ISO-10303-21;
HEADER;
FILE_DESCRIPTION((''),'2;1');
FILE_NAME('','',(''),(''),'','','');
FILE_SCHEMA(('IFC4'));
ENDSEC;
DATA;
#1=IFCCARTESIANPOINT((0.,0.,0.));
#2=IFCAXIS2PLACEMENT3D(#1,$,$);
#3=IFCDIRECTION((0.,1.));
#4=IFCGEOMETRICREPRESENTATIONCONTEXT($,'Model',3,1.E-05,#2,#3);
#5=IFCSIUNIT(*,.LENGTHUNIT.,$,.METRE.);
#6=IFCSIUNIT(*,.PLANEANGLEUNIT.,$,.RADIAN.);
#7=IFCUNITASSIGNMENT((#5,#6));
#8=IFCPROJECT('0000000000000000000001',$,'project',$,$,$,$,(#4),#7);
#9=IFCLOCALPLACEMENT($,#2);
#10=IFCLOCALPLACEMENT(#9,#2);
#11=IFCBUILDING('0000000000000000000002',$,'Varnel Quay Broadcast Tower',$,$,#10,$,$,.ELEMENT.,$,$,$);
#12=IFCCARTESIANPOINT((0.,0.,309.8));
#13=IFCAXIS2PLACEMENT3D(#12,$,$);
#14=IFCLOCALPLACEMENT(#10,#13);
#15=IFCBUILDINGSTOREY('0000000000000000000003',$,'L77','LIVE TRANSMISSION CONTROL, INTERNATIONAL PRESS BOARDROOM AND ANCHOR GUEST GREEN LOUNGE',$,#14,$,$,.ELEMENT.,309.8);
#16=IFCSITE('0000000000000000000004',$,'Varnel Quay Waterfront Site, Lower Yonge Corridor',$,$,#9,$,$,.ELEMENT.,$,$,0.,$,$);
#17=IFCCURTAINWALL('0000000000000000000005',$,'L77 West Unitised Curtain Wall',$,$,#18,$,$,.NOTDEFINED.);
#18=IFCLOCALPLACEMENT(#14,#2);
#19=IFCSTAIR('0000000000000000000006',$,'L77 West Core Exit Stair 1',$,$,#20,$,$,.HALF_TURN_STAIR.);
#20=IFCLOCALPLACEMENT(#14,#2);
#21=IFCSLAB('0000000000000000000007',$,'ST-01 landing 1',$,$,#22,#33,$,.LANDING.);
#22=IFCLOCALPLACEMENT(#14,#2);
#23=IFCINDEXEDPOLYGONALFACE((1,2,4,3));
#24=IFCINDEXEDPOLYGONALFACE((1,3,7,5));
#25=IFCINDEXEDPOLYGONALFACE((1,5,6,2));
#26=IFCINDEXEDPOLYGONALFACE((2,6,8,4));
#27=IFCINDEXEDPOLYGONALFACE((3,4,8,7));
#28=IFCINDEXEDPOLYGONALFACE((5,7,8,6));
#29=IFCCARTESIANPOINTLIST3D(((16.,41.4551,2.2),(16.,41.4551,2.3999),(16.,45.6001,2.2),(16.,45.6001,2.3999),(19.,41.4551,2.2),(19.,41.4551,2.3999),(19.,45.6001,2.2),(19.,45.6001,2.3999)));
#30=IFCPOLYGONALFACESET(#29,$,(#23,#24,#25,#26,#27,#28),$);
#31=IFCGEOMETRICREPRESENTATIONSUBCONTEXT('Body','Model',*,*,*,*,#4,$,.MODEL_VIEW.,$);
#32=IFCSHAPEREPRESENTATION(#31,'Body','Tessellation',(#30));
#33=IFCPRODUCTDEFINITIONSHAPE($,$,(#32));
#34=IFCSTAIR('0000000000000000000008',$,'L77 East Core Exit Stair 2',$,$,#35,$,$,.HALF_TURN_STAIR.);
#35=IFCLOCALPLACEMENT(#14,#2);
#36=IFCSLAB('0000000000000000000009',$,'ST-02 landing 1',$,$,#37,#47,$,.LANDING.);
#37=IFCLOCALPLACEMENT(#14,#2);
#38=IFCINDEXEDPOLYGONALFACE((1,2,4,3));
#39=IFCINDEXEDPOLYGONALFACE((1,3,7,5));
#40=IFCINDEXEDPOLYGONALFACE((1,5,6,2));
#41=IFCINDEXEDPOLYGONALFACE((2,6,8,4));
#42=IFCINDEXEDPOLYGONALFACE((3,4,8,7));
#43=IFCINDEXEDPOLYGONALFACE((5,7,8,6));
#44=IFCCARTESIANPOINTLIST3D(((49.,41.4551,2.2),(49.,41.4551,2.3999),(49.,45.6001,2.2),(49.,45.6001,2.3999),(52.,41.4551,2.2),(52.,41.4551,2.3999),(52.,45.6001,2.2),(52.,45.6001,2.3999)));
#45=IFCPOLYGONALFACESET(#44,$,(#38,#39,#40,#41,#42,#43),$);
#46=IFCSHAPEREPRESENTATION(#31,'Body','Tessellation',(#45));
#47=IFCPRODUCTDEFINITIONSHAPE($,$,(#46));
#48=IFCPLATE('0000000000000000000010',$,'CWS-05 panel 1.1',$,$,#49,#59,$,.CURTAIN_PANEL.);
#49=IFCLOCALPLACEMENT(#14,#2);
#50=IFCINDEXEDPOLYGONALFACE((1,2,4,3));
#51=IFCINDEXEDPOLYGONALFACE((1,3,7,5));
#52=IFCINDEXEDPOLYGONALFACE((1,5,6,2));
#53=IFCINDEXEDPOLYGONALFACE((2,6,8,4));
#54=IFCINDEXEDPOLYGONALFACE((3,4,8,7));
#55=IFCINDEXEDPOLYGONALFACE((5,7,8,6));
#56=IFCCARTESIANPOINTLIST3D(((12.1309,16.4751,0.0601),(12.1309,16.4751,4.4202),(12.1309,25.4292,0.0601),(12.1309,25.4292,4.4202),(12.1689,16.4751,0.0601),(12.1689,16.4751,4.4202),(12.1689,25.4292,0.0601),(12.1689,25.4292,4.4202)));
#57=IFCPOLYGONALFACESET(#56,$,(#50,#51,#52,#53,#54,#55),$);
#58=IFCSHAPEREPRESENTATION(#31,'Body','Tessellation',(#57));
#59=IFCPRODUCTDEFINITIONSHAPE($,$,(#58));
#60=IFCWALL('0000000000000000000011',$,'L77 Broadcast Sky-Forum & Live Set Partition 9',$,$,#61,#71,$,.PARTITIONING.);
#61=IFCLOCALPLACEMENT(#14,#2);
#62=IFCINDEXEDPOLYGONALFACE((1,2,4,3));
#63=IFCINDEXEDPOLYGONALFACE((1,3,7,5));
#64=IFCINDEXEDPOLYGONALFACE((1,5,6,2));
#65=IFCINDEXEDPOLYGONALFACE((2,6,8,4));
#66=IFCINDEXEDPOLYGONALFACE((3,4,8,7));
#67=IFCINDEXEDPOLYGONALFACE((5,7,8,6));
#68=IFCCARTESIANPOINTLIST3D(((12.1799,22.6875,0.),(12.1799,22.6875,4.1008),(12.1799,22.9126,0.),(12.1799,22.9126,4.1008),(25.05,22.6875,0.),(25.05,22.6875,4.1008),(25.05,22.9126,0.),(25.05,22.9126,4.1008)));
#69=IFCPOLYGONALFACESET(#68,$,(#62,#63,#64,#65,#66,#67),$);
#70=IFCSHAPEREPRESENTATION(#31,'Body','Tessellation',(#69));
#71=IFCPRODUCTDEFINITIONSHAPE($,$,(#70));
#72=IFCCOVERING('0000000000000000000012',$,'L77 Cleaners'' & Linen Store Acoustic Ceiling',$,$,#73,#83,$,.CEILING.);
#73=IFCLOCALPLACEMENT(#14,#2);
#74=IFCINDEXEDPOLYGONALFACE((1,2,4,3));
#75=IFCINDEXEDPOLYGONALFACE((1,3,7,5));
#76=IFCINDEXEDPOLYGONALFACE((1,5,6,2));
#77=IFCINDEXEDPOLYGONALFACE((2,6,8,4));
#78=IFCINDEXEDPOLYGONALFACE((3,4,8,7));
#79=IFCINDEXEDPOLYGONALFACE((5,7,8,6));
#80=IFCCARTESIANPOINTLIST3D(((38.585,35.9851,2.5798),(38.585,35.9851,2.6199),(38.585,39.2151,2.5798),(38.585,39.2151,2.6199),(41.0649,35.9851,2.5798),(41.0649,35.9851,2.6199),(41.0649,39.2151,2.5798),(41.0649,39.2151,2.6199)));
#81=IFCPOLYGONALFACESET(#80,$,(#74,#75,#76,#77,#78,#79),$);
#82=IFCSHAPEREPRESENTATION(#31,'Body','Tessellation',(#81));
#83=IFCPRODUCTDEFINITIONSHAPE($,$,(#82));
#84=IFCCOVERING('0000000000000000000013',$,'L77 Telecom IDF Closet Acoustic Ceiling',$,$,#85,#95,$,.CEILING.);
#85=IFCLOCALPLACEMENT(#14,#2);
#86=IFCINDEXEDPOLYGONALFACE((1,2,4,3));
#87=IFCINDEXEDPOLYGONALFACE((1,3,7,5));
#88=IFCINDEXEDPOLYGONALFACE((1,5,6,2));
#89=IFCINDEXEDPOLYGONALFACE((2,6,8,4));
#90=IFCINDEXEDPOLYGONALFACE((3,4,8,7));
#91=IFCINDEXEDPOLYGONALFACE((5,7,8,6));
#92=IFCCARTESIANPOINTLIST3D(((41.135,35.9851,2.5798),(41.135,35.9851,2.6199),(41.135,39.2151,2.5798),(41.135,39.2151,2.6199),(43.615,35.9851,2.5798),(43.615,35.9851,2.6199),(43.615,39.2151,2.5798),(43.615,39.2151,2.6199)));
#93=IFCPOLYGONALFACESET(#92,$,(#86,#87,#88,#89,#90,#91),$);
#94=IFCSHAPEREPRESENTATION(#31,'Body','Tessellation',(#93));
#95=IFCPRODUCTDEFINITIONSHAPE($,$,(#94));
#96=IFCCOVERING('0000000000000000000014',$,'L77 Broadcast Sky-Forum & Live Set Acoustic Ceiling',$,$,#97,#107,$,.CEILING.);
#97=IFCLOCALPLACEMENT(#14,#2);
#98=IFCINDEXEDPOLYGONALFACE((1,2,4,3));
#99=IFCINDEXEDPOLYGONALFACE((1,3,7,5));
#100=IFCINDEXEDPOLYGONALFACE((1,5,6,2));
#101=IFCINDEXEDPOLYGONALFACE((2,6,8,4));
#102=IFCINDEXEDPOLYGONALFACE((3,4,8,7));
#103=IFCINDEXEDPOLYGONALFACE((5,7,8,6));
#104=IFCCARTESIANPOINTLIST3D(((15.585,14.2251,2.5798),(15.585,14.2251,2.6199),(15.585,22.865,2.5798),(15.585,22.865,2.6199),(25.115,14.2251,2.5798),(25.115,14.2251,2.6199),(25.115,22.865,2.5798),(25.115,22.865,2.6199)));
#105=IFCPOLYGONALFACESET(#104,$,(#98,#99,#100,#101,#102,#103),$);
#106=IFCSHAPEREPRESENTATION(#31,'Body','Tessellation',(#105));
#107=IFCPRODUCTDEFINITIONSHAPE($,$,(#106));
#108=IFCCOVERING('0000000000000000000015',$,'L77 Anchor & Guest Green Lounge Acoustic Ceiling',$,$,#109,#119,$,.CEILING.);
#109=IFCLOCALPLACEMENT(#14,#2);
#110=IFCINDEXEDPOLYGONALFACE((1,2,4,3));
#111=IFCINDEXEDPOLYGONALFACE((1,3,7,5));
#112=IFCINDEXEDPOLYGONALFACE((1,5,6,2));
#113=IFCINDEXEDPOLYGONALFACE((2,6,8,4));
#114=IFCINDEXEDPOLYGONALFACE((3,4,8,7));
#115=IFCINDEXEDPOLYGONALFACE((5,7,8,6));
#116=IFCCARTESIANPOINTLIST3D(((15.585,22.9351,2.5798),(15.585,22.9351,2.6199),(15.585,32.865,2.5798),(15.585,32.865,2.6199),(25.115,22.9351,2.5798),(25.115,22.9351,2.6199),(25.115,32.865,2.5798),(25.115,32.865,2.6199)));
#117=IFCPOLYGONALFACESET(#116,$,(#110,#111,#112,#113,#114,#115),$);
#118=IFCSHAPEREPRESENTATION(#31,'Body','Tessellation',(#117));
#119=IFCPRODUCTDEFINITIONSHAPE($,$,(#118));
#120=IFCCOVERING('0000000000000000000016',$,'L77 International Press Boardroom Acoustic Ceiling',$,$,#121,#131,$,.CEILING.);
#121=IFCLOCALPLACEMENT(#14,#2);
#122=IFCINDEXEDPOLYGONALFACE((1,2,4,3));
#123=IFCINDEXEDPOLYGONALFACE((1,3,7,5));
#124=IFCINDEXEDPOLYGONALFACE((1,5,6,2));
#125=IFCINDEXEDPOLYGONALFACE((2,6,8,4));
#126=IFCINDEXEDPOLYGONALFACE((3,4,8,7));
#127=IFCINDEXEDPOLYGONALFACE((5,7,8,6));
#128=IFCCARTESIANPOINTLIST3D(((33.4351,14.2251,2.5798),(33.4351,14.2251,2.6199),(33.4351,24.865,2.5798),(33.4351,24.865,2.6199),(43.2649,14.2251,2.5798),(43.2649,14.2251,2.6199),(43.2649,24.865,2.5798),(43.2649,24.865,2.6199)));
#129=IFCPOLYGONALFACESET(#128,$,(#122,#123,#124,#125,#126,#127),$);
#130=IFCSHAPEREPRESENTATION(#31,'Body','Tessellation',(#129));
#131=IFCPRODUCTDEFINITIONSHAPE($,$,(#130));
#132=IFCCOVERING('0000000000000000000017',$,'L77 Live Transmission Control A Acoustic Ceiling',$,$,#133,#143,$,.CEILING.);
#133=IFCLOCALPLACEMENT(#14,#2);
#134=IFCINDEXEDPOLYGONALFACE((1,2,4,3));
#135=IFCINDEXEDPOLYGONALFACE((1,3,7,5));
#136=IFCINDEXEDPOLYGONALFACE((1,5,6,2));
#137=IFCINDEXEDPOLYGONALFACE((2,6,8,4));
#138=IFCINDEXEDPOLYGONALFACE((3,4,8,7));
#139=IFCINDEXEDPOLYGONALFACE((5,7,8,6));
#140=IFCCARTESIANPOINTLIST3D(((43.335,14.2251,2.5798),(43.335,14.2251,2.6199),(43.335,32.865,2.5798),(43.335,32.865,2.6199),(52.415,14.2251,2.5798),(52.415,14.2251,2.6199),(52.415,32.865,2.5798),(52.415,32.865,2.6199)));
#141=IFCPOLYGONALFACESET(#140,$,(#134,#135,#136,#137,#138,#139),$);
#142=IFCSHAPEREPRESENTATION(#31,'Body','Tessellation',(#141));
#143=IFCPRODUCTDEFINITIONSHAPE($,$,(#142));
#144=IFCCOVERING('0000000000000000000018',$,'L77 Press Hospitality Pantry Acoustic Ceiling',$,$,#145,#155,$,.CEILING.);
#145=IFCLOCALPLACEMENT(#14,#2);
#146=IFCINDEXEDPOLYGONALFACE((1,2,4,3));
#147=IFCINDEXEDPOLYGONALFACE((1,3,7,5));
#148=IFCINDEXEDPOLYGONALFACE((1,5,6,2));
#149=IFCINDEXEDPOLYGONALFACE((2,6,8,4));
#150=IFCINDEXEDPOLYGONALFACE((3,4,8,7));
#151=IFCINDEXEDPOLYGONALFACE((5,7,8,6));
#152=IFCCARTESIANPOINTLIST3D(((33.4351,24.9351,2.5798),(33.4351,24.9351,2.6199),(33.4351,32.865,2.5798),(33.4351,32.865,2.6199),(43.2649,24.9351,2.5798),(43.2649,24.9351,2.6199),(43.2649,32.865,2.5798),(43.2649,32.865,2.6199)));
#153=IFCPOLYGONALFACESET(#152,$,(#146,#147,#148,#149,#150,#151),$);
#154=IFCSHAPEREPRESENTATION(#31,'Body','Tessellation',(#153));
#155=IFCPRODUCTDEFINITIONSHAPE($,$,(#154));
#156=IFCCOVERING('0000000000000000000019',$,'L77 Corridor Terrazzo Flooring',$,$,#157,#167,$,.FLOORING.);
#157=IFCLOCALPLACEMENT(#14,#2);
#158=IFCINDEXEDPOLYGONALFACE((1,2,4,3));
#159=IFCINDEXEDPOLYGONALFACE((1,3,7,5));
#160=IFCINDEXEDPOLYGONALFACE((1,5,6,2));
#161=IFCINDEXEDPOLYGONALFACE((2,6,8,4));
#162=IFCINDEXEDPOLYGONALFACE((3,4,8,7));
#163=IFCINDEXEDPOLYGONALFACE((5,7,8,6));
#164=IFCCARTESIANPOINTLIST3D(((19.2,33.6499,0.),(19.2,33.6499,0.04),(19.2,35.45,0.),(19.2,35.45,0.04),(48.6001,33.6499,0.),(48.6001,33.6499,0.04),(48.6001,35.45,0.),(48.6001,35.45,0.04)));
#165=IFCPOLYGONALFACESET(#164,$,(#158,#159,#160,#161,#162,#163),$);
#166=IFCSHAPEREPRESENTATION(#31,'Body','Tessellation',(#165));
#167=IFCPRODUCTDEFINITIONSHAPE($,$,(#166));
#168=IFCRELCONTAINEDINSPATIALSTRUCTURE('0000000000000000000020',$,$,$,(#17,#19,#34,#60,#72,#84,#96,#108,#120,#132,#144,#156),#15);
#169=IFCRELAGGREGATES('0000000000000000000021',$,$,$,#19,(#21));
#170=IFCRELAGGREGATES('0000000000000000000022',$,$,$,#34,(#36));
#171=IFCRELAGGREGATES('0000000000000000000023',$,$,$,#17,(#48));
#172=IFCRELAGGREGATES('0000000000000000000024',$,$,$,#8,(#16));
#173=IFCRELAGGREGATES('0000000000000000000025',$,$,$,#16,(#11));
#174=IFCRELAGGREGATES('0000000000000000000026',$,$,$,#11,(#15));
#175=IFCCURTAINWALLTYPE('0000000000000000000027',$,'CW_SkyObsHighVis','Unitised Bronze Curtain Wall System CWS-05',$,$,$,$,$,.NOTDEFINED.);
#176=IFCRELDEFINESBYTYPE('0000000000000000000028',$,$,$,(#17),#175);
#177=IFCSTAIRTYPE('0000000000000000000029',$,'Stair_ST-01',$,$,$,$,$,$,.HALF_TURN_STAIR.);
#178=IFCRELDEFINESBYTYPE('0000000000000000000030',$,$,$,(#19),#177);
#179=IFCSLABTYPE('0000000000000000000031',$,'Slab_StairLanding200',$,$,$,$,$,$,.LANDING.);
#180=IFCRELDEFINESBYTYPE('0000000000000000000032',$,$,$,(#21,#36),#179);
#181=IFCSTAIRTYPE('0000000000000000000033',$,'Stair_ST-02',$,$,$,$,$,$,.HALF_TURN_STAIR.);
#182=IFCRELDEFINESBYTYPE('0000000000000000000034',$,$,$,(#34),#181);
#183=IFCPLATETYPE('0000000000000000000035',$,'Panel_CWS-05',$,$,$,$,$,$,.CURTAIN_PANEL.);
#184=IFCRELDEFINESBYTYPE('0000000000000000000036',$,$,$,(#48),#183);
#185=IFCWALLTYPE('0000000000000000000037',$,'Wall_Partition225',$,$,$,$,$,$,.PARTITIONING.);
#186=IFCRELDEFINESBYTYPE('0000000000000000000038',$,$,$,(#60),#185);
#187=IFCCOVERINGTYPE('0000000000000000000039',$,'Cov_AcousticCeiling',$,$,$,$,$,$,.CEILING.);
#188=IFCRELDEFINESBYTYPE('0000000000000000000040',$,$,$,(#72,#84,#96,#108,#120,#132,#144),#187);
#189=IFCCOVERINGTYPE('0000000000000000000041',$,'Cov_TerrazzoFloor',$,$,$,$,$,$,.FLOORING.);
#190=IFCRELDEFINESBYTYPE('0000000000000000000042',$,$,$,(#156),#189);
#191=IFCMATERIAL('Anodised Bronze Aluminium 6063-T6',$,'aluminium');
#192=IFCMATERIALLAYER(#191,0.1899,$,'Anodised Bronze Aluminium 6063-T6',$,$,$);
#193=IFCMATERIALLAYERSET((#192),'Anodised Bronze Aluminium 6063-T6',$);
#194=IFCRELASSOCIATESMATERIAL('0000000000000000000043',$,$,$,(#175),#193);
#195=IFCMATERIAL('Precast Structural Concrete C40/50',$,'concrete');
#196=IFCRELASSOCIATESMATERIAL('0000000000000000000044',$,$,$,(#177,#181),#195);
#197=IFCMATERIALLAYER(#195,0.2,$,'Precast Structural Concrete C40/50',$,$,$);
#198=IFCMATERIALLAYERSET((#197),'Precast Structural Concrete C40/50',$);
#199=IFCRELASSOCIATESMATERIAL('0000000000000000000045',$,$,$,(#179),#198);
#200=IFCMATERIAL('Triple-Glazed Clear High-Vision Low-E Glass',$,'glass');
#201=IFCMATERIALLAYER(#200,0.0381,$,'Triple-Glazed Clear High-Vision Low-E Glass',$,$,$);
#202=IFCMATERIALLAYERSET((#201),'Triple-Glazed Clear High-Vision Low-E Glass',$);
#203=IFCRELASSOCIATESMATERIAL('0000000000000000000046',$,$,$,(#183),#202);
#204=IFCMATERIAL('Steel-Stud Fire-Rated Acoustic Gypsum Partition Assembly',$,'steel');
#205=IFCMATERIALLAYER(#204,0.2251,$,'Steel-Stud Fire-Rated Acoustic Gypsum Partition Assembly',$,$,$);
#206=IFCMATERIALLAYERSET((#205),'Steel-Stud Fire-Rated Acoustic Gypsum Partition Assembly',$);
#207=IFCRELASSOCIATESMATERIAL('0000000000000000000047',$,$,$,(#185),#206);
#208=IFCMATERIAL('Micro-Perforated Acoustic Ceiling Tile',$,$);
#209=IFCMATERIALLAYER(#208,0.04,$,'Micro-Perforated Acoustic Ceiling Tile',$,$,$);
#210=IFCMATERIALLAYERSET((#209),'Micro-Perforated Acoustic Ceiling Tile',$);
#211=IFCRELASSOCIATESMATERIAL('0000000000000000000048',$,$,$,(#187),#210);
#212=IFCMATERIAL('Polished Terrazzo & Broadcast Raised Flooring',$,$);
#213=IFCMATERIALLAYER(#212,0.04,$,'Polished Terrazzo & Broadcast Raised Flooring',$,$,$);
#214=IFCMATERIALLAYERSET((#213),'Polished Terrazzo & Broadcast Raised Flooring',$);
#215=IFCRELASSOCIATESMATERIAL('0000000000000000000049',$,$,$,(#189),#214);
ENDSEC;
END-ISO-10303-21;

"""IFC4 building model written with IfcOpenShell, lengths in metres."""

from ifc_helpers import new_model, si_unit, direction, frame, frame_2d, origin, origin_2d, place, context, subcontext, project, spatial, polyline, rectangle, outline, extrude, source, transform, mapped, material, layer, layer_set, type_object, type_shapes, element, aggregate, save


model = new_model("IFC4")

# Units and contexts
model_context = context("Model", 3, precision=1e-05, world=origin(), true_north=direction((0.0, 1.0)))
body_context = subcontext(model_context, "Body", "Model", "MODEL_VIEW")
ifc_project = project(units=[si_unit("LENGTHUNIT", "METRE"), si_unit("PLANEANGLEUNIT", "RADIAN")], contexts=[model_context])

# Site, building, storey
site_placement = place(None, origin())
site = spatial("IfcSite", under=ifc_project, at=site_placement, Name="Varnel Quay Waterfront Site, Lower Yonge Corridor", CompositionType="ELEMENT", RefElevation=0.0)
building_placement = place(site_placement, origin())
building = spatial("IfcBuilding", under=site, at=building_placement, Name="Varnel Quay Broadcast Tower", CompositionType="ELEMENT")
storey_placement = place(building_placement, frame((0.0, 0.0, 309.8)))
storey = spatial("IfcBuildingStorey", under=building, at=storey_placement, Name="L77", Description="LIVE TRANSMISSION CONTROL, INTERNATIONAL PRESS BOARDROOM AND ANCHOR GUEST GREEN LOUNGE", CompositionType="ELEMENT", Elevation=309.8)

# Curtain wall
ifc_material_1 = material(Name="Anodised Bronze Aluminium 6063-T6", Category="aluminium")
ifc_layer_1 = layer(ifc_material_1, 0.1899, Name="Anodised Bronze Aluminium 6063-T6")
ifc_layer_set_1 = layer_set([ifc_layer_1], Name="Anodised Bronze Aluminium 6063-T6")
curtain_wall_type_1 = type_object("IfcCurtainWallType", Name="CW_SkyObsHighVis", Description="Unitised Bronze Curtain Wall System CWS-05", PredefinedType="NOTDEFINED", material=ifc_layer_set_1)
curtain_wall_1_placement = place(storey_placement, origin())
curtain_wall_1 = element("IfcCurtainWall", 1, at=curtain_wall_1_placement, inside=storey, type_object=curtain_wall_type_1, Name="L77 West Unitised Curtain Wall", PredefinedType="NOTDEFINED")

# Stairs, slabs
ifc_material_2 = material(Name="Precast Structural Concrete C40/50", Category="concrete")
stair_type_1 = type_object("IfcStairType", Name="Stair_ST-01", PredefinedType="HALF_TURN_STAIR", material=ifc_material_2)
stair_1_placement = place(storey_placement, origin())
stair_1 = element("IfcStair", 2, at=stair_1_placement, inside=storey, type_object=stair_type_1, Name="L77 West Core Exit Stair 1", PredefinedType="HALF_TURN_STAIR")
ifc_layer_2 = layer(ifc_material_2, 0.2, Name="Precast Structural Concrete C40/50")
ifc_layer_set_2 = layer_set([ifc_layer_2], Name="Precast Structural Concrete C40/50")
slab_type_1 = type_object("IfcSlabType", Name="Slab_StairLanding200", PredefinedType="LANDING", material=ifc_layer_set_2)
slab_1_placement = place(storey_placement, frame((0.0, 0.0, 2.2)))
slab_1 = element("IfcSlab", 3, at=slab_1_placement, type_object=slab_type_1, Name="ST-01 landing 1", PredefinedType="LANDING", context=body_context, shape_type="SweptSolid", body=[
    extrude(outline(polyline([(19.0, 41.4551), (19.0, 45.6001), (16.0, 45.6001), (16.0, 41.4551), (19.0, 41.4551)])), origin(), (0.0, 0.0, 1.0), 0.2),
])
aggregate(stair_1, [slab_1])
stair_type_2 = type_object("IfcStairType", Name="Stair_ST-02", PredefinedType="HALF_TURN_STAIR", material=ifc_material_2)
stair_2_placement = place(storey_placement, origin())
stair_2 = element("IfcStair", 4, at=stair_2_placement, inside=storey, type_object=stair_type_2, Name="L77 East Core Exit Stair 2", PredefinedType="HALF_TURN_STAIR")
slab_2_placement = place(storey_placement, frame((0.0, 0.0, 2.2)))
slab_2 = element("IfcSlab", 5, at=slab_2_placement, type_object=slab_type_1, Name="ST-02 landing 1", PredefinedType="LANDING", context=body_context, shape_type="SweptSolid", body=[
    extrude(outline(polyline([(52.0, 41.4551), (52.0, 45.6001), (49.0, 45.6001), (49.0, 41.4551), (52.0, 41.4551)])), origin(), (0.0, 0.0, 1.0), 0.2),
])
aggregate(stair_2, [slab_2])

# Plate
ifc_material_3 = material(Name="Triple-Glazed Clear High-Vision Low-E Glass", Category="glass")
ifc_layer_3 = layer(ifc_material_3, 0.0381, Name="Triple-Glazed Clear High-Vision Low-E Glass")
ifc_layer_set_3 = layer_set([ifc_layer_3], Name="Triple-Glazed Clear High-Vision Low-E Glass")
plate_type = type_object("IfcPlateType", Name="Panel_CWS-05", PredefinedType="CURTAIN_PANEL", material=ifc_layer_set_3)
shared_shape_1 = source(origin(), body_context, "Body", "SweptSolid", [
    extrude(rectangle(XDim=8.9541, YDim=0.0381, at=origin_2d()), origin(), (0.0, 0.0, 1.0), 4.3601),
])
type_shapes(plate_type, [shared_shape_1])
plate_placement = place(storey_placement, frame((12.1499, 20.9521, 0.0601), z_axis=(0.0, 0.0, 1.0), x_axis=(0.0, 1.0, 0.0)))
plate = element("IfcPlate", 6, at=plate_placement, type_object=plate_type, Name="CWS-05 panel 1.1", PredefinedType="CURTAIN_PANEL", context=body_context, shape_type="MappedRepresentation", body=[
    mapped(shared_shape_1, transform((0.0, 0.0, 0.0), x_axis=(1.0, 0.0, 0.0), y_axis=(0.0, 1.0, 0.0), z_axis=(0.0, 0.0, 1.0), scale=1.0)),
])
aggregate(curtain_wall_1, [plate])

# Wall
ifc_material_4 = material(Name="Steel-Stud Fire-Rated Acoustic Gypsum Partition Assembly", Category="steel")
ifc_layer_4 = layer(ifc_material_4, 0.2251, Name="Steel-Stud Fire-Rated Acoustic Gypsum Partition Assembly")
ifc_layer_set_4 = layer_set([ifc_layer_4], Name="Steel-Stud Fire-Rated Acoustic Gypsum Partition Assembly")
wall_type = type_object("IfcWallType", Name="Wall_Partition225", PredefinedType="PARTITIONING", material=ifc_layer_set_4)
wall_placement = place(storey_placement, frame((12.1799, 22.8, 0.0), z_axis=(0.0, 0.0, 1.0), x_axis=(1.0, 0.0, 0.0)))
element("IfcWall", 7, at=wall_placement, inside=storey, type_object=wall_type, Name="L77 Broadcast Sky-Forum & Live Set Partition 9", PredefinedType="PARTITIONING", context=body_context, shape_type="SweptSolid", body=[
    extrude(rectangle(XDim=12.8701, YDim=0.2251, at=frame_2d((6.4351, 0.0))), origin(), (0.0, 0.0, 1.0), 4.1008),
])

# Coverings
ifc_material_5 = material(Name="Micro-Perforated Acoustic Ceiling Tile")
ifc_layer_5 = layer(ifc_material_5, 0.04, Name="Micro-Perforated Acoustic Ceiling Tile")
ifc_layer_set_5 = layer_set([ifc_layer_5], Name="Micro-Perforated Acoustic Ceiling Tile")
covering_type_1 = type_object("IfcCoveringType", Name="Cov_AcousticCeiling", PredefinedType="CEILING", material=ifc_layer_set_5)
covering_1_placement = place(storey_placement, frame((0.0, 0.0, 2.5798)))
element("IfcCovering", 8, at=covering_1_placement, inside=storey, type_object=covering_type_1, Name="L77 Cleaners' & Linen Store Acoustic Ceiling", PredefinedType="CEILING", context=body_context, shape_type="SweptSolid", body=[
    extrude(outline(polyline([(38.585, 35.9851), (41.0649, 35.9851), (41.0649, 39.2151), (38.585, 39.2151), (38.585, 35.9851)])), origin(), (0.0, 0.0, 1.0), 0.04),
])
covering_2_placement = place(storey_placement, frame((0.0, 0.0, 2.5798)))
element("IfcCovering", 9, at=covering_2_placement, inside=storey, type_object=covering_type_1, Name="L77 Telecom IDF Closet Acoustic Ceiling", PredefinedType="CEILING", context=body_context, shape_type="SweptSolid", body=[
    extrude(outline(polyline([(41.135, 35.9851), (43.615, 35.9851), (43.615, 39.2151), (41.135, 39.2151), (41.135, 35.9851)])), origin(), (0.0, 0.0, 1.0), 0.04),
])
covering_3_placement = place(storey_placement, frame((0.0, 0.0, 2.5798)))
element("IfcCovering", 10, at=covering_3_placement, inside=storey, type_object=covering_type_1, Name="L77 Broadcast Sky-Forum & Live Set Acoustic Ceiling", PredefinedType="CEILING", context=body_context, shape_type="SweptSolid", body=[
    extrude(outline(polyline([(15.585, 14.2251), (25.115, 14.2251), (25.115, 22.865), (15.585, 22.865), (15.585, 14.2251)])), origin(), (0.0, 0.0, 1.0), 0.04),
])
covering_4_placement = place(storey_placement, frame((0.0, 0.0, 2.5798)))
element("IfcCovering", 11, at=covering_4_placement, inside=storey, type_object=covering_type_1, Name="L77 Anchor & Guest Green Lounge Acoustic Ceiling", PredefinedType="CEILING", context=body_context, shape_type="SweptSolid", body=[
    extrude(outline(polyline([(15.585, 22.9351), (25.115, 22.9351), (25.115, 32.865), (15.585, 32.865), (15.585, 22.9351)])), origin(), (0.0, 0.0, 1.0), 0.04),
])
covering_5_placement = place(storey_placement, frame((0.0, 0.0, 2.5798)))
element("IfcCovering", 12, at=covering_5_placement, inside=storey, type_object=covering_type_1, Name="L77 International Press Boardroom Acoustic Ceiling", PredefinedType="CEILING", context=body_context, shape_type="SweptSolid", body=[
    extrude(outline(polyline([(33.4351, 14.2251), (43.2649, 14.2251), (43.2649, 24.865), (33.4351, 24.865), (33.4351, 14.2251)])), origin(), (0.0, 0.0, 1.0), 0.04),
])
covering_6_placement = place(storey_placement, frame((0.0, 0.0, 2.5798)))
element("IfcCovering", 13, at=covering_6_placement, inside=storey, type_object=covering_type_1, Name="L77 Live Transmission Control A Acoustic Ceiling", PredefinedType="CEILING", context=body_context, shape_type="SweptSolid", body=[
    extrude(outline(polyline([(43.335, 14.2251), (52.415, 14.2251), (52.415, 32.865), (43.335, 32.865), (43.335, 14.2251)])), origin(), (0.0, 0.0, 1.0), 0.04),
])
covering_7_placement = place(storey_placement, frame((0.0, 0.0, 2.5798)))
element("IfcCovering", 14, at=covering_7_placement, inside=storey, type_object=covering_type_1, Name="L77 Press Hospitality Pantry Acoustic Ceiling", PredefinedType="CEILING", context=body_context, shape_type="SweptSolid", body=[
    extrude(outline(polyline([(33.4351, 24.9351), (43.2649, 24.9351), (43.2649, 32.865), (33.4351, 32.865), (33.4351, 24.9351)])), origin(), (0.0, 0.0, 1.0), 0.04),
])
ifc_material_6 = material(Name="Polished Terrazzo & Broadcast Raised Flooring")
ifc_layer_6 = layer(ifc_material_6, 0.04, Name="Polished Terrazzo & Broadcast Raised Flooring")
ifc_layer_set_6 = layer_set([ifc_layer_6], Name="Polished Terrazzo & Broadcast Raised Flooring")
covering_type_2 = type_object("IfcCoveringType", Name="Cov_TerrazzoFloor", PredefinedType="FLOORING", material=ifc_layer_set_6)
covering_8_placement = place(storey_placement, origin())
element("IfcCovering", 15, at=covering_8_placement, inside=storey, type_object=covering_type_2, Name="L77 Corridor Terrazzo Flooring", PredefinedType="FLOORING", context=body_context, shape_type="SweptSolid", body=[
    extrude(outline(polyline([(19.2, 33.6499), (48.6001, 33.6499), (48.6001, 35.45), (19.2, 35.45), (19.2, 33.6499)])), origin(), (0.0, 0.0, 1.0), 0.04),
])

save(model, "model.ifc")
